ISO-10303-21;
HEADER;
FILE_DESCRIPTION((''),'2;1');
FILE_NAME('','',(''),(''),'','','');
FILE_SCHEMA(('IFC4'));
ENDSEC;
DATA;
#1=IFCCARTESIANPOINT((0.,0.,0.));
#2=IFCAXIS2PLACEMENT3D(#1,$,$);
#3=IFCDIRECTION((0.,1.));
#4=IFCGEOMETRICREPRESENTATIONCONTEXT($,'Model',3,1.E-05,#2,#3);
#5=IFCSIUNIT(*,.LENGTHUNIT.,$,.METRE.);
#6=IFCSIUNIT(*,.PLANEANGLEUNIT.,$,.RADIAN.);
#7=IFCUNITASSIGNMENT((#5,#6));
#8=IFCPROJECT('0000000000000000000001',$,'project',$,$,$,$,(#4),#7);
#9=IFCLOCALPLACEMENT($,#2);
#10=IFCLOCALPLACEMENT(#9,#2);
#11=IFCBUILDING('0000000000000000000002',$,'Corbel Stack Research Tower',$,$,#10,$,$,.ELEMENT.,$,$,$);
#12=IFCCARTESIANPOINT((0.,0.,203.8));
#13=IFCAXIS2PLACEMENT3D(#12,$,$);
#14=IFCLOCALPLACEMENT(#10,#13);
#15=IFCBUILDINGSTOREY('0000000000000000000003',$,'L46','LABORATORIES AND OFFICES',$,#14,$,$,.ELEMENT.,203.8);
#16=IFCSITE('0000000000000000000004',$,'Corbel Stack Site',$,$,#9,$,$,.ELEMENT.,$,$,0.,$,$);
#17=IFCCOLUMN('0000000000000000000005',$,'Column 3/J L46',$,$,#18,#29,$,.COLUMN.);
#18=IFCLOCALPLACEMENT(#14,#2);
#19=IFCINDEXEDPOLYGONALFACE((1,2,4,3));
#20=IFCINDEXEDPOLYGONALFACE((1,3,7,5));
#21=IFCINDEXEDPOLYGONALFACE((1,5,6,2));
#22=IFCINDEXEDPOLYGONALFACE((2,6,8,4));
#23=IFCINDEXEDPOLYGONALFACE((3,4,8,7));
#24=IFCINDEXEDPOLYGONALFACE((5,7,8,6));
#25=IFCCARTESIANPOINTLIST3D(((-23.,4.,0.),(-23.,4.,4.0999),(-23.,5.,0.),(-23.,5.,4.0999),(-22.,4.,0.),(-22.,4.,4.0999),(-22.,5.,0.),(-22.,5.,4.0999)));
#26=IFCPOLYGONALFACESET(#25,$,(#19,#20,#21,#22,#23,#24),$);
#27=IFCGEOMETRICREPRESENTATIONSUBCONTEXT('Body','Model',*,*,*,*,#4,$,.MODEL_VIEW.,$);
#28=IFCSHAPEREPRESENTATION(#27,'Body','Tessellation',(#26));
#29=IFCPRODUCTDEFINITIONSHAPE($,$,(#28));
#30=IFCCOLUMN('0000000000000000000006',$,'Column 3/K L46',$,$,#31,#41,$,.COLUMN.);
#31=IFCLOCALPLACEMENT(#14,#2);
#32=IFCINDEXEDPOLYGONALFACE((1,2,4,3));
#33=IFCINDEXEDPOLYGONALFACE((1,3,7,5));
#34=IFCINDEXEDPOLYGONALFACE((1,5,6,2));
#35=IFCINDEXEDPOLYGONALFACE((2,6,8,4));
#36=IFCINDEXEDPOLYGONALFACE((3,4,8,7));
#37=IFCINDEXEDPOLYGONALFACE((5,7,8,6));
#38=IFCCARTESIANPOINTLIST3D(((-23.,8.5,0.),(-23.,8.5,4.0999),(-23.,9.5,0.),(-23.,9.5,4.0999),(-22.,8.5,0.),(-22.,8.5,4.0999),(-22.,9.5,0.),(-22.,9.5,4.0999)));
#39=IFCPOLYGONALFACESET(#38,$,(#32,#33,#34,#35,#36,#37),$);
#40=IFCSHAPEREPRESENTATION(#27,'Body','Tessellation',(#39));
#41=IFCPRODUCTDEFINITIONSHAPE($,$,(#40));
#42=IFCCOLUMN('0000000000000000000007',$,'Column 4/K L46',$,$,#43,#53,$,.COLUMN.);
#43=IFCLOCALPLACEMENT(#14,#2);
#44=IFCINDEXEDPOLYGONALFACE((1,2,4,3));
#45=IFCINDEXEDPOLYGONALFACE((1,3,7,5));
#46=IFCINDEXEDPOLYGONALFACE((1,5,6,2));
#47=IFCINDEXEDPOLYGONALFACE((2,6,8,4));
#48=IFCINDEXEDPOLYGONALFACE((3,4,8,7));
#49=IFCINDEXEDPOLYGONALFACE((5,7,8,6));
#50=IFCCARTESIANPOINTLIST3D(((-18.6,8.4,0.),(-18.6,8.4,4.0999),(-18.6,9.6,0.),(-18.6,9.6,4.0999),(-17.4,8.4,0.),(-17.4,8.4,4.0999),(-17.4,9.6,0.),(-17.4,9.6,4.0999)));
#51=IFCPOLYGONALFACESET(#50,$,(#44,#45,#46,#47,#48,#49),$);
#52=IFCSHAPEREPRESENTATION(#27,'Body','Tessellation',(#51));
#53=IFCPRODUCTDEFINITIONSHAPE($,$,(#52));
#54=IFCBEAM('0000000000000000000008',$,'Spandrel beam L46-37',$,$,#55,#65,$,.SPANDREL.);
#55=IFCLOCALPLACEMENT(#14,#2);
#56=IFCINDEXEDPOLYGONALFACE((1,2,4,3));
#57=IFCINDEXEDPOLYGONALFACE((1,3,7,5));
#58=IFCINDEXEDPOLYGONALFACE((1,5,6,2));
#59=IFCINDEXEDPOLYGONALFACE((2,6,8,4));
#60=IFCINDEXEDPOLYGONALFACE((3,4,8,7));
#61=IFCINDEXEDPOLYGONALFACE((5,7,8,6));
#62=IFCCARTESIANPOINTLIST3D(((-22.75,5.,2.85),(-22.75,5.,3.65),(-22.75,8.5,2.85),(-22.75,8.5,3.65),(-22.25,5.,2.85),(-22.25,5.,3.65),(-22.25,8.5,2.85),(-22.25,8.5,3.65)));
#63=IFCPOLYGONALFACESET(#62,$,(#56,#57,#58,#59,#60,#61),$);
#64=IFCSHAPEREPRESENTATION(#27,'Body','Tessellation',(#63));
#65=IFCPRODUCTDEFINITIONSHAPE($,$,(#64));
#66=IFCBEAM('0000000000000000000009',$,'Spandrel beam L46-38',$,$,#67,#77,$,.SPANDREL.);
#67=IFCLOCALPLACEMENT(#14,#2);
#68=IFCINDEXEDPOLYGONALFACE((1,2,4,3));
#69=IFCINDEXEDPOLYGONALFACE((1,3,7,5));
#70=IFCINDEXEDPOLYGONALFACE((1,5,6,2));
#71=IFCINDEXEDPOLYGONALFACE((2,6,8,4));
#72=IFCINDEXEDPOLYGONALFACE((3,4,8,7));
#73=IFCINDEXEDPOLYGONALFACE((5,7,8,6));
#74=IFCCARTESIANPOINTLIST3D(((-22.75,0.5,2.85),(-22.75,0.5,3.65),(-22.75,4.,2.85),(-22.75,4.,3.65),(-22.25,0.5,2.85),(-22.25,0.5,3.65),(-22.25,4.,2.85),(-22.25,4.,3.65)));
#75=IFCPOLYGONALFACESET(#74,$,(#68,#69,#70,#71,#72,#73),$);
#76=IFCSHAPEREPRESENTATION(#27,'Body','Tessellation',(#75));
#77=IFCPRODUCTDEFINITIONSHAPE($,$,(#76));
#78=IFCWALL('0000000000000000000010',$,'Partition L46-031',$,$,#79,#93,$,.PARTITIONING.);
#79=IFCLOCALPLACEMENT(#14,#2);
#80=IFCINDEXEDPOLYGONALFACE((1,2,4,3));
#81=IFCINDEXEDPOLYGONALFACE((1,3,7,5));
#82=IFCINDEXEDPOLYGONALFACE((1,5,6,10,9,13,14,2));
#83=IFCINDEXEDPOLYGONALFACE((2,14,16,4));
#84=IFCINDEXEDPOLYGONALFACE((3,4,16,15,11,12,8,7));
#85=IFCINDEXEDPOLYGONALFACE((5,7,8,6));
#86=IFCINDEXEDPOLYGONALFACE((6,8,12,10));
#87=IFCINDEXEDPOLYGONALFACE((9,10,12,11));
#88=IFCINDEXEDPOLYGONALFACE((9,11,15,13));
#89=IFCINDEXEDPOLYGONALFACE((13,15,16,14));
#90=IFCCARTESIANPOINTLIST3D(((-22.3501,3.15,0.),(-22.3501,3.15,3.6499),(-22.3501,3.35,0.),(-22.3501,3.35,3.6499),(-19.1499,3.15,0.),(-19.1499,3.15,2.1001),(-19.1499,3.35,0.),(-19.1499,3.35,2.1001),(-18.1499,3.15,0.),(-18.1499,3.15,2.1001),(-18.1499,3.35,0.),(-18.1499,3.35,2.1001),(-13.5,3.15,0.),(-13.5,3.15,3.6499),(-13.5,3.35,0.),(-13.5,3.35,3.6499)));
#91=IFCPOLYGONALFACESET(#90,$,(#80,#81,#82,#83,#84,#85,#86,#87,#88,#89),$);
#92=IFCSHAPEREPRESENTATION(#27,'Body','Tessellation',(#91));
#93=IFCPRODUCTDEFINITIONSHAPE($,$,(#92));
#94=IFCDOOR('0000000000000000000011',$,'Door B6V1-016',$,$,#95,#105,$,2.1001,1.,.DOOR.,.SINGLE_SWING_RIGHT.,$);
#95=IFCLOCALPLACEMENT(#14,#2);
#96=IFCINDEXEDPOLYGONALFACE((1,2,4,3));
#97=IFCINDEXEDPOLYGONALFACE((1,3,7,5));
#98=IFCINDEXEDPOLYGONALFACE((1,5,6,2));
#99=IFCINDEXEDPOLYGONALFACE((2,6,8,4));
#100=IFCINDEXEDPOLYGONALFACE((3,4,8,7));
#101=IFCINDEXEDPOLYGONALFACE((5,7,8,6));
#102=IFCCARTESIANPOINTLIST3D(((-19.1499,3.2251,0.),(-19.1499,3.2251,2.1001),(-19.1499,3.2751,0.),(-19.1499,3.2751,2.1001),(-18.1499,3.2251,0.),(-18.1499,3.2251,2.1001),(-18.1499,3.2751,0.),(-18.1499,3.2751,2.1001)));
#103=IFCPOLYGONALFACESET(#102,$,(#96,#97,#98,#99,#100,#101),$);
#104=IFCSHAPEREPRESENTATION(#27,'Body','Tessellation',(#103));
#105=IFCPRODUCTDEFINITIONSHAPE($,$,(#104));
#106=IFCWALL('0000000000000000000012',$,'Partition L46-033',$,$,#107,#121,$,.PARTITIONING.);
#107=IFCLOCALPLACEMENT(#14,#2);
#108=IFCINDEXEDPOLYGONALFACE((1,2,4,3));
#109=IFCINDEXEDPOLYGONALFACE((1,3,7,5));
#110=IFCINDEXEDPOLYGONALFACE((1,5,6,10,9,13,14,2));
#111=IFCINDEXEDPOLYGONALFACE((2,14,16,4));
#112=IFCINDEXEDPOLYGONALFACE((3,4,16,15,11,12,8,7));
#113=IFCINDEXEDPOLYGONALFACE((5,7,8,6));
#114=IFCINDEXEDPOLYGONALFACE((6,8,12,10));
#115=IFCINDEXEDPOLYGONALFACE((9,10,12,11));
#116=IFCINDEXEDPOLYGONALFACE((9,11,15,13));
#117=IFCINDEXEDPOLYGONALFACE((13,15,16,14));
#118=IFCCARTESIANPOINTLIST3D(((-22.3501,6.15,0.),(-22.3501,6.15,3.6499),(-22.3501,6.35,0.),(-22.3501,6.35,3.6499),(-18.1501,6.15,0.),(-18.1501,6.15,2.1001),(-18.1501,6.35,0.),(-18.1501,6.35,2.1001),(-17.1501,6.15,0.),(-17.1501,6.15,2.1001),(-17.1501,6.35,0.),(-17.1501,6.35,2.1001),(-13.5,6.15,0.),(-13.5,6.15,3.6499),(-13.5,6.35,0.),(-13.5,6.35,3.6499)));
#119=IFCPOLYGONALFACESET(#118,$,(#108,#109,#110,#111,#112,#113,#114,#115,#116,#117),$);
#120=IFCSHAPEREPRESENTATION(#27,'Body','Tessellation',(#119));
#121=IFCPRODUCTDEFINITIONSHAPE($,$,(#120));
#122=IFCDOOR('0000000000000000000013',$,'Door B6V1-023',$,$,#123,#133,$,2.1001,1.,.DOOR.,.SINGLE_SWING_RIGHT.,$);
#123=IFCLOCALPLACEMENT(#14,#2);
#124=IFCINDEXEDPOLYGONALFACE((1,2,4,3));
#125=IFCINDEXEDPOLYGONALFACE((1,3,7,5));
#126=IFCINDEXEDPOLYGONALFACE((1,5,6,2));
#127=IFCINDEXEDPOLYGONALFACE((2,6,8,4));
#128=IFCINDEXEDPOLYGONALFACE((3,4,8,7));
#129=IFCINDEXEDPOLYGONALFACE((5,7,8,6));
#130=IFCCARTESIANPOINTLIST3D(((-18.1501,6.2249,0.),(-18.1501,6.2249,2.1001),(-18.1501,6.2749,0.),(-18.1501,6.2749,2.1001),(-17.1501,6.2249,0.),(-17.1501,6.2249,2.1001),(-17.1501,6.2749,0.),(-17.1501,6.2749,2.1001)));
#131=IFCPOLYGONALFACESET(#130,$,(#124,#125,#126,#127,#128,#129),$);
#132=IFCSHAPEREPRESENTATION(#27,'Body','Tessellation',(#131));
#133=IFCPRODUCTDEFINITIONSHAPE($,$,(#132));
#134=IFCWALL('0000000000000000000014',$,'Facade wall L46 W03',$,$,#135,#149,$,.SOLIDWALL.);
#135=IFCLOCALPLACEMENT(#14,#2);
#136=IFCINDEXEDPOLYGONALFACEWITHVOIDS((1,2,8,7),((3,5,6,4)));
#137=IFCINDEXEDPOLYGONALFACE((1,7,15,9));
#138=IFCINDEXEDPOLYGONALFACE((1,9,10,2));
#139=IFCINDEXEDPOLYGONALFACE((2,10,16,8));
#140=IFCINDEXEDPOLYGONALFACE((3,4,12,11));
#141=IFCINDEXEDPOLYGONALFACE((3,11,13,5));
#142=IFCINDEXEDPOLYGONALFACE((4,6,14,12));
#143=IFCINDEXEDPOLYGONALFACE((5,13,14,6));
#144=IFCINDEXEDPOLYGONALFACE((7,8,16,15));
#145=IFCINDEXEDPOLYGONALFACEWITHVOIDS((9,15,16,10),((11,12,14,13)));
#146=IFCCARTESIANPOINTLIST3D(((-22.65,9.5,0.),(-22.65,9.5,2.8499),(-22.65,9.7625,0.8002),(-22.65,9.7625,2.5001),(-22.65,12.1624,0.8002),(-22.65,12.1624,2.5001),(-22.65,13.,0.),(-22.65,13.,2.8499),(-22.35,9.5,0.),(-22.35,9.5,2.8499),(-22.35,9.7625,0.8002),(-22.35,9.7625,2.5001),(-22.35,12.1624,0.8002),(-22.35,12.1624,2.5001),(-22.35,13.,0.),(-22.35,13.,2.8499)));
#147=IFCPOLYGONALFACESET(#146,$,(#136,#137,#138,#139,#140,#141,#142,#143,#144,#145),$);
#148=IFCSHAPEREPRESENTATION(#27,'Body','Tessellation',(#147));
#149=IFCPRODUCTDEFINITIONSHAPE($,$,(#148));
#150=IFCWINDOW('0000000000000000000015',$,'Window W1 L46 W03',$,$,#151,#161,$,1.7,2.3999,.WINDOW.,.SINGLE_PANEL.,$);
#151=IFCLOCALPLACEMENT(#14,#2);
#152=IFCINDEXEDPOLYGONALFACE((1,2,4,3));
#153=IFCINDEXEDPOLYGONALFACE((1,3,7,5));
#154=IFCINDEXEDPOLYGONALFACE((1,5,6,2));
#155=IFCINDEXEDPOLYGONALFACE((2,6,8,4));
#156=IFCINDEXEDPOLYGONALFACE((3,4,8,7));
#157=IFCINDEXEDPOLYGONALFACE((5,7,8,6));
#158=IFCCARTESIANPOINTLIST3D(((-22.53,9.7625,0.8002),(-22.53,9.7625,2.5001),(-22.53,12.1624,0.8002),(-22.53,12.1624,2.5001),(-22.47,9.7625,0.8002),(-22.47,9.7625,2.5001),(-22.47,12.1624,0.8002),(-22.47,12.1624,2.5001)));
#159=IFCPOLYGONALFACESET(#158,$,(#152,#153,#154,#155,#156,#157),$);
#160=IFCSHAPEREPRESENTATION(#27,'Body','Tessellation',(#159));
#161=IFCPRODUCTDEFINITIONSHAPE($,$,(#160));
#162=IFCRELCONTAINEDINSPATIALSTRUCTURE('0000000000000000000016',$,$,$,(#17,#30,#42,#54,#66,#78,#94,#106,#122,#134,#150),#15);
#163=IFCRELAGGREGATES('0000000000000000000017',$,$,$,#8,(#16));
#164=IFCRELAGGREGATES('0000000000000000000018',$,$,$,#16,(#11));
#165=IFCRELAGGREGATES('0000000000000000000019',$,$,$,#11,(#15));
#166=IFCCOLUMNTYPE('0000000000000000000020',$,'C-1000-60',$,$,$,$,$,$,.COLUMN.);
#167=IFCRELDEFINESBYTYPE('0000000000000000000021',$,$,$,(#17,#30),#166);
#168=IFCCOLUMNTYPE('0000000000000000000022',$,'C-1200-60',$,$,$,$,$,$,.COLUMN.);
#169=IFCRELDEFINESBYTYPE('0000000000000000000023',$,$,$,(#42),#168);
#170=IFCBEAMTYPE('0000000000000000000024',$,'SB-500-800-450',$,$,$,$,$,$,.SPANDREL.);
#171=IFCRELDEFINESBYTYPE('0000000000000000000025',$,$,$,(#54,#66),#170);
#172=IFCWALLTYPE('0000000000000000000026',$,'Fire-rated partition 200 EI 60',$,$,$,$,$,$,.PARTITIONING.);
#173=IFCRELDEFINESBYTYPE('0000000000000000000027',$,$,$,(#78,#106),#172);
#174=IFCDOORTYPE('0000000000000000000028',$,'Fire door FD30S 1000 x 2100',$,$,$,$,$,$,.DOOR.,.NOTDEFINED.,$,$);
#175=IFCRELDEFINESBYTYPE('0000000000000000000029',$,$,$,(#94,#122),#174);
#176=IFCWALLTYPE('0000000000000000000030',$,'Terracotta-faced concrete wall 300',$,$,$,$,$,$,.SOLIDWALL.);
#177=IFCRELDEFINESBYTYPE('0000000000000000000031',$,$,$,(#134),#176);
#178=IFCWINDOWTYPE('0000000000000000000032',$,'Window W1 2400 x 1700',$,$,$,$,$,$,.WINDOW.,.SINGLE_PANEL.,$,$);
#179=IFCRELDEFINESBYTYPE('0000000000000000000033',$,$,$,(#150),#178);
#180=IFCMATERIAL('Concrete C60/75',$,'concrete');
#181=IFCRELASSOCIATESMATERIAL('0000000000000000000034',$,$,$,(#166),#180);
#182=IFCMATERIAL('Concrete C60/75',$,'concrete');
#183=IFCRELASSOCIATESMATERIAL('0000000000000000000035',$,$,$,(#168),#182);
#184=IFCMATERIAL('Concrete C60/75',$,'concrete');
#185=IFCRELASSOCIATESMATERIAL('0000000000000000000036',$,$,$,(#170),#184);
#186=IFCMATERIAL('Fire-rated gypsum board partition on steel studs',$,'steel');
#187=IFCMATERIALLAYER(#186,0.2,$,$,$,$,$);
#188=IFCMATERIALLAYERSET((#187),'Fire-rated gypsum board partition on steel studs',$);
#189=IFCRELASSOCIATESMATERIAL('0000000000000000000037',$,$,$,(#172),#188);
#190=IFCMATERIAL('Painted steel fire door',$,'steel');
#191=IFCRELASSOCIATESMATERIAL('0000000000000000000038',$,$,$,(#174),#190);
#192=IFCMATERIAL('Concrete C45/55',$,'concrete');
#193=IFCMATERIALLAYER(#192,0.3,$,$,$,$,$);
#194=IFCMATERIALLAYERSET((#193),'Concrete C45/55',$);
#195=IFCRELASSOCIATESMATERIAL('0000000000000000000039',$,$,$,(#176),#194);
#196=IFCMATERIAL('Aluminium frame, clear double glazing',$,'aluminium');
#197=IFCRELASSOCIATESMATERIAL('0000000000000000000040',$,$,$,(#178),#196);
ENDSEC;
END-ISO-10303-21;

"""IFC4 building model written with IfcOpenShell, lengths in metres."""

from ifc_helpers import new_model, si_unit, direction, frame, frame_2d, origin, origin_2d, place, context, subcontext, project, spatial, rectangle, extrude, material, layer, layer_set, material_profile, profile_set, type_object, element, fill, save


model = new_model("IFC4")

# Units and contexts
model_context = context("Model", 3, precision=1e-05, world=origin(), true_north=direction((0.0, 1.0)))
body_context = subcontext(model_context, "Body", "Model", "MODEL_VIEW")
ifc_project = project(units=[si_unit("LENGTHUNIT", "METRE"), si_unit("PLANEANGLEUNIT", "RADIAN")], contexts=[model_context])

# Site, building, storey
site_placement = place(None, origin())
site = spatial("IfcSite", under=ifc_project, at=site_placement, Name="Corbel Stack Site", CompositionType="ELEMENT", RefElevation=0.0)
building_placement = place(site_placement, origin())
building = spatial("IfcBuilding", under=site, at=building_placement, Name="Corbel Stack Research Tower", CompositionType="ELEMENT")
storey_placement = place(building_placement, frame((0.0, 0.0, 203.8)))
storey = spatial("IfcBuildingStorey", under=building, at=storey_placement, Name="L46", Description="LABORATORIES AND OFFICES", CompositionType="ELEMENT", Elevation=203.8)

# Columns
ifc_material_1 = material(Name="Concrete C60/75", Category="concrete")
ifc_material_profile_1 = material_profile(ifc_material_1, rectangle(XDim=1.0, YDim=1.0, at=origin_2d()), Name="RC 1000 x 1000")
ifc_profile_set_1 = profile_set([ifc_material_profile_1], Name="Concrete C60/75")
column_type_1 = type_object("IfcColumnType", Name="C-1000-60", PredefinedType="COLUMN", material=ifc_profile_set_1)
for number, where, z_axis, x_axis, name in (
    (1, (-22.5, 4.5, 0.0), (0.0, 0.0, 1.0), (1.0, 0.0, 0.0), "Column 3/J L46"),
    (2, (-22.5, 9.0, 0.0), (0.0, 0.0, 1.0), (1.0, 0.0, 0.0), "Column 3/K L46"),
):
    element("IfcColumn", number, at=place(storey_placement, frame(where, z_axis=z_axis, x_axis=x_axis)), inside=storey, type_object=column_type_1, Name=name, PredefinedType="COLUMN", context=body_context, shape_type="SweptSolid", body=[
        extrude(rectangle(XDim=1.0, YDim=1.0, at=origin_2d()), origin(), (0.0, 0.0, 1.0), 4.0999),
    ])
ifc_material_2 = material(Name="Concrete C60/75", Category="concrete")
ifc_material_profile_2 = material_profile(ifc_material_2, rectangle(XDim=1.2, YDim=1.2, at=origin_2d()), Name="RC 1200 x 1200")
ifc_profile_set_2 = profile_set([ifc_material_profile_2], Name="Concrete C60/75")
column_type_2 = type_object("IfcColumnType", Name="C-1200-60", PredefinedType="COLUMN", material=ifc_profile_set_2)
column_placement = place(storey_placement, frame((-18.0, 9.0, 0.0), z_axis=(0.0, 0.0, 1.0), x_axis=(1.0, 0.0, 0.0)))
element("IfcColumn", 3, at=column_placement, inside=storey, type_object=column_type_2, Name="Column 4/K L46", PredefinedType="COLUMN", context=body_context, shape_type="SweptSolid", body=[
    extrude(rectangle(XDim=1.2, YDim=1.2, at=origin_2d()), origin(), (0.0, 0.0, 1.0), 4.0999),
])

# Beams
ifc_material_3 = material(Name="Concrete C60/75", Category="concrete")
ifc_material_profile_3 = material_profile(ifc_material_3, rectangle(XDim=0.5, YDim=0.8, at=origin_2d()), Name="RC 500 x 800")
ifc_profile_set_3 = profile_set([ifc_material_profile_3], Name="Concrete C60/75")
beam_type = type_object("IfcBeamType", Name="SB-500-800-450", PredefinedType="SPANDREL", material=ifc_profile_set_3)
for number, where, z_axis, x_axis, name in (
    (4, (-22.5, 8.5, 3.25), (0.0, -1.0, 0.0), (1.0, 0.0, 0.0), "Spandrel beam L46-37"),
    (5, (-22.5, 4.0, 3.25), (0.0, -1.0, 0.0), (1.0, 0.0, 0.0), "Spandrel beam L46-38"),
):
    element("IfcBeam", number, at=place(storey_placement, frame(where, z_axis=z_axis, x_axis=x_axis)), inside=storey, type_object=beam_type, Name=name, PredefinedType="SPANDREL", context=body_context, shape_type="SweptSolid", body=[
        extrude(rectangle(XDim=0.5, YDim=0.8, at=origin_2d()), origin(), (0.0, 0.0, 1.0), 3.5),
    ])

# Walls, openings, doors
ifc_material_4 = material(Name="Fire-rated gypsum board partition on steel studs", Category="steel")
ifc_layer_1 = layer(ifc_material_4, 0.2)
ifc_layer_set_1 = layer_set([ifc_layer_1], Name="Fire-rated gypsum board partition on steel studs")
wall_type_1 = type_object("IfcWallType", Name="Fire-rated partition 200 EI 60", PredefinedType="PARTITIONING", material=ifc_layer_set_1)
wall_1_placement = place(storey_placement, frame((-13.5, 3.25, 0.0), z_axis=(0.0, 0.0, 1.0), x_axis=(-1.0, 0.0, 0.0)))
wall_1 = element("IfcWall", 6, at=wall_1_placement, inside=storey, type_object=wall_type_1, Name="Partition L46-031", PredefinedType="PARTITIONING", context=body_context, shape_type="SweptSolid", body=[
    extrude(rectangle(XDim=8.8501, YDim=0.2, at=frame_2d((4.425, 0.0))), origin(), (0.0, 0.0, 1.0), 3.6499),
])
opening_1_placement = place(wall_1_placement, frame((4.6499, 0.0, 0.0)))
opening_1 = element("IfcOpeningElement", 7, at=opening_1_placement, cuts=wall_1, PredefinedType="OPENING", context=body_context, shape_type="SweptSolid", body=[
    extrude(rectangle(XDim=1.0, YDim=2.1001, at=frame_2d((0.5, 1.05))), frame((0.0, 0.1099, 0.0), z_axis=(0.0, -1.0, 0.0), x_axis=(1.0, 0.0, 0.0)), (0.0, 0.0, 1.0), 0.22),
])
ifc_material_5 = material(Name="Painted steel fire door", Category="steel")
door_type = type_object("IfcDoorType", Name="Fire door FD30S 1000 x 2100", OperationType="NOTDEFINED", PredefinedType="DOOR", material=ifc_material_5)
door_1_placement = place(opening_1_placement, origin())
door_1 = element("IfcDoor", 8, at=door_1_placement, inside=storey, type_object=door_type, Name="Door B6V1-016", OperationType="SINGLE_SWING_RIGHT", OverallHeight=2.1001, OverallWidth=1.0, PredefinedType="DOOR", context=body_context, shape_type="SweptSolid", body=[
    extrude(rectangle(XDim=1.0, YDim=2.1001, at=frame_2d((0.5, 1.05))), frame((0.0, 0.0249, 0.0), z_axis=(0.0, -1.0, 0.0), x_axis=(1.0, 0.0, 0.0)), (0.0, 0.0, 1.0), 0.05),
])
fill(opening_1, door_1)
wall_2_placement = place(storey_placement, frame((-22.3501, 6.25, 0.0), z_axis=(0.0, 0.0, 1.0), x_axis=(1.0, 0.0, 0.0)))
wall_2 = element("IfcWall", 9, at=wall_2_placement, inside=storey, type_object=wall_type_1, Name="Partition L46-033", PredefinedType="PARTITIONING", context=body_context, shape_type="SweptSolid", body=[
    extrude(rectangle(XDim=8.8501, YDim=0.2, at=frame_2d((4.425, 0.0))), origin(), (0.0, 0.0, 1.0), 3.6499),
])
opening_2_placement = place(wall_2_placement, frame((4.2, 0.0, 0.0)))
opening_2 = element("IfcOpeningElement", 10, at=opening_2_placement, cuts=wall_2, PredefinedType="OPENING", context=body_context, shape_type="SweptSolid", body=[
    extrude(rectangle(XDim=1.0, YDim=2.1001, at=frame_2d((0.5, 1.05))), frame((0.0, 0.1099, 0.0), z_axis=(0.0, -1.0, 0.0), x_axis=(1.0, 0.0, 0.0)), (0.0, 0.0, 1.0), 0.22),
])
door_2_placement = place(opening_2_placement, origin())
door_2 = element("IfcDoor", 11, at=door_2_placement, inside=storey, type_object=door_type, Name="Door B6V1-023", OperationType="SINGLE_SWING_RIGHT", OverallHeight=2.1001, OverallWidth=1.0, PredefinedType="DOOR", context=body_context, shape_type="SweptSolid", body=[
    extrude(rectangle(XDim=1.0, YDim=2.1001, at=frame_2d((0.5, 1.05))), frame((0.0, 0.0249, 0.0), z_axis=(0.0, -1.0, 0.0), x_axis=(1.0, 0.0, 0.0)), (0.0, 0.0, 1.0), 0.05),
])
fill(opening_2, door_2)

# Wall, opening, window
ifc_material_6 = material(Name="Concrete C45/55", Category="concrete")
ifc_layer_2 = layer(ifc_material_6, 0.3)
ifc_layer_set_2 = layer_set([ifc_layer_2], Name="Concrete C45/55")
wall_type_2 = type_object("IfcWallType", Name="Terracotta-faced concrete wall 300", PredefinedType="SOLIDWALL", material=ifc_layer_set_2)
wall_3_placement = place(storey_placement, frame((-22.5, 9.5, 0.0), z_axis=(0.0, 0.0, 1.0), x_axis=(0.0, 1.0, 0.0)))
wall_3 = element("IfcWall", 12, at=wall_3_placement, inside=storey, type_object=wall_type_2, Name="Facade wall L46 W03", PredefinedType="SOLIDWALL", context=body_context, shape_type="SweptSolid", body=[
    extrude(rectangle(XDim=3.5, YDim=0.3, at=frame_2d((1.75, 0.0))), origin(), (0.0, 0.0, 1.0), 2.8499),
])
opening_3_placement = place(wall_3_placement, frame((0.2625, 0.0, 0.8)))
opening_3 = element("IfcOpeningElement", 13, at=opening_3_placement, cuts=wall_3, PredefinedType="OPENING", context=body_context, shape_type="SweptSolid", body=[
    extrude(rectangle(XDim=2.3999, YDim=1.7, at=frame_2d((1.2, 0.8501))), frame((0.0, 0.1599, 0.0), z_axis=(0.0, -1.0, 0.0), x_axis=(1.0, 0.0, 0.0)), (0.0, 0.0, 1.0), 0.3201),
])
ifc_material_7 = material(Name="Aluminium frame, clear double glazing", Category="aluminium")
window_type_1 = type_object("IfcWindowType", Name="Window W1 2400 x 1700", PartitioningType="SINGLE_PANEL", PredefinedType="WINDOW", material=ifc_material_7)
window_1_placement = place(opening_3_placement, origin())
window_1 = element("IfcWindow", 14, at=window_1_placement, inside=storey, type_object=window_type_1, Name="Window W1 L46 W03", OverallHeight=1.7, OverallWidth=2.3999, PartitioningType="SINGLE_PANEL", PredefinedType="WINDOW", context=body_context, shape_type="SweptSolid", body=[
    extrude(rectangle(XDim=2.3999, YDim=1.7, at=frame_2d((1.2, 0.8501))), frame((0.0, 0.03, 0.0), z_axis=(0.0, -1.0, 0.0), x_axis=(1.0, 0.0, 0.0)), (0.0, 0.0, 1.0), 0.0601),
])
fill(opening_3, window_1)

save(model, "model.ifc")
